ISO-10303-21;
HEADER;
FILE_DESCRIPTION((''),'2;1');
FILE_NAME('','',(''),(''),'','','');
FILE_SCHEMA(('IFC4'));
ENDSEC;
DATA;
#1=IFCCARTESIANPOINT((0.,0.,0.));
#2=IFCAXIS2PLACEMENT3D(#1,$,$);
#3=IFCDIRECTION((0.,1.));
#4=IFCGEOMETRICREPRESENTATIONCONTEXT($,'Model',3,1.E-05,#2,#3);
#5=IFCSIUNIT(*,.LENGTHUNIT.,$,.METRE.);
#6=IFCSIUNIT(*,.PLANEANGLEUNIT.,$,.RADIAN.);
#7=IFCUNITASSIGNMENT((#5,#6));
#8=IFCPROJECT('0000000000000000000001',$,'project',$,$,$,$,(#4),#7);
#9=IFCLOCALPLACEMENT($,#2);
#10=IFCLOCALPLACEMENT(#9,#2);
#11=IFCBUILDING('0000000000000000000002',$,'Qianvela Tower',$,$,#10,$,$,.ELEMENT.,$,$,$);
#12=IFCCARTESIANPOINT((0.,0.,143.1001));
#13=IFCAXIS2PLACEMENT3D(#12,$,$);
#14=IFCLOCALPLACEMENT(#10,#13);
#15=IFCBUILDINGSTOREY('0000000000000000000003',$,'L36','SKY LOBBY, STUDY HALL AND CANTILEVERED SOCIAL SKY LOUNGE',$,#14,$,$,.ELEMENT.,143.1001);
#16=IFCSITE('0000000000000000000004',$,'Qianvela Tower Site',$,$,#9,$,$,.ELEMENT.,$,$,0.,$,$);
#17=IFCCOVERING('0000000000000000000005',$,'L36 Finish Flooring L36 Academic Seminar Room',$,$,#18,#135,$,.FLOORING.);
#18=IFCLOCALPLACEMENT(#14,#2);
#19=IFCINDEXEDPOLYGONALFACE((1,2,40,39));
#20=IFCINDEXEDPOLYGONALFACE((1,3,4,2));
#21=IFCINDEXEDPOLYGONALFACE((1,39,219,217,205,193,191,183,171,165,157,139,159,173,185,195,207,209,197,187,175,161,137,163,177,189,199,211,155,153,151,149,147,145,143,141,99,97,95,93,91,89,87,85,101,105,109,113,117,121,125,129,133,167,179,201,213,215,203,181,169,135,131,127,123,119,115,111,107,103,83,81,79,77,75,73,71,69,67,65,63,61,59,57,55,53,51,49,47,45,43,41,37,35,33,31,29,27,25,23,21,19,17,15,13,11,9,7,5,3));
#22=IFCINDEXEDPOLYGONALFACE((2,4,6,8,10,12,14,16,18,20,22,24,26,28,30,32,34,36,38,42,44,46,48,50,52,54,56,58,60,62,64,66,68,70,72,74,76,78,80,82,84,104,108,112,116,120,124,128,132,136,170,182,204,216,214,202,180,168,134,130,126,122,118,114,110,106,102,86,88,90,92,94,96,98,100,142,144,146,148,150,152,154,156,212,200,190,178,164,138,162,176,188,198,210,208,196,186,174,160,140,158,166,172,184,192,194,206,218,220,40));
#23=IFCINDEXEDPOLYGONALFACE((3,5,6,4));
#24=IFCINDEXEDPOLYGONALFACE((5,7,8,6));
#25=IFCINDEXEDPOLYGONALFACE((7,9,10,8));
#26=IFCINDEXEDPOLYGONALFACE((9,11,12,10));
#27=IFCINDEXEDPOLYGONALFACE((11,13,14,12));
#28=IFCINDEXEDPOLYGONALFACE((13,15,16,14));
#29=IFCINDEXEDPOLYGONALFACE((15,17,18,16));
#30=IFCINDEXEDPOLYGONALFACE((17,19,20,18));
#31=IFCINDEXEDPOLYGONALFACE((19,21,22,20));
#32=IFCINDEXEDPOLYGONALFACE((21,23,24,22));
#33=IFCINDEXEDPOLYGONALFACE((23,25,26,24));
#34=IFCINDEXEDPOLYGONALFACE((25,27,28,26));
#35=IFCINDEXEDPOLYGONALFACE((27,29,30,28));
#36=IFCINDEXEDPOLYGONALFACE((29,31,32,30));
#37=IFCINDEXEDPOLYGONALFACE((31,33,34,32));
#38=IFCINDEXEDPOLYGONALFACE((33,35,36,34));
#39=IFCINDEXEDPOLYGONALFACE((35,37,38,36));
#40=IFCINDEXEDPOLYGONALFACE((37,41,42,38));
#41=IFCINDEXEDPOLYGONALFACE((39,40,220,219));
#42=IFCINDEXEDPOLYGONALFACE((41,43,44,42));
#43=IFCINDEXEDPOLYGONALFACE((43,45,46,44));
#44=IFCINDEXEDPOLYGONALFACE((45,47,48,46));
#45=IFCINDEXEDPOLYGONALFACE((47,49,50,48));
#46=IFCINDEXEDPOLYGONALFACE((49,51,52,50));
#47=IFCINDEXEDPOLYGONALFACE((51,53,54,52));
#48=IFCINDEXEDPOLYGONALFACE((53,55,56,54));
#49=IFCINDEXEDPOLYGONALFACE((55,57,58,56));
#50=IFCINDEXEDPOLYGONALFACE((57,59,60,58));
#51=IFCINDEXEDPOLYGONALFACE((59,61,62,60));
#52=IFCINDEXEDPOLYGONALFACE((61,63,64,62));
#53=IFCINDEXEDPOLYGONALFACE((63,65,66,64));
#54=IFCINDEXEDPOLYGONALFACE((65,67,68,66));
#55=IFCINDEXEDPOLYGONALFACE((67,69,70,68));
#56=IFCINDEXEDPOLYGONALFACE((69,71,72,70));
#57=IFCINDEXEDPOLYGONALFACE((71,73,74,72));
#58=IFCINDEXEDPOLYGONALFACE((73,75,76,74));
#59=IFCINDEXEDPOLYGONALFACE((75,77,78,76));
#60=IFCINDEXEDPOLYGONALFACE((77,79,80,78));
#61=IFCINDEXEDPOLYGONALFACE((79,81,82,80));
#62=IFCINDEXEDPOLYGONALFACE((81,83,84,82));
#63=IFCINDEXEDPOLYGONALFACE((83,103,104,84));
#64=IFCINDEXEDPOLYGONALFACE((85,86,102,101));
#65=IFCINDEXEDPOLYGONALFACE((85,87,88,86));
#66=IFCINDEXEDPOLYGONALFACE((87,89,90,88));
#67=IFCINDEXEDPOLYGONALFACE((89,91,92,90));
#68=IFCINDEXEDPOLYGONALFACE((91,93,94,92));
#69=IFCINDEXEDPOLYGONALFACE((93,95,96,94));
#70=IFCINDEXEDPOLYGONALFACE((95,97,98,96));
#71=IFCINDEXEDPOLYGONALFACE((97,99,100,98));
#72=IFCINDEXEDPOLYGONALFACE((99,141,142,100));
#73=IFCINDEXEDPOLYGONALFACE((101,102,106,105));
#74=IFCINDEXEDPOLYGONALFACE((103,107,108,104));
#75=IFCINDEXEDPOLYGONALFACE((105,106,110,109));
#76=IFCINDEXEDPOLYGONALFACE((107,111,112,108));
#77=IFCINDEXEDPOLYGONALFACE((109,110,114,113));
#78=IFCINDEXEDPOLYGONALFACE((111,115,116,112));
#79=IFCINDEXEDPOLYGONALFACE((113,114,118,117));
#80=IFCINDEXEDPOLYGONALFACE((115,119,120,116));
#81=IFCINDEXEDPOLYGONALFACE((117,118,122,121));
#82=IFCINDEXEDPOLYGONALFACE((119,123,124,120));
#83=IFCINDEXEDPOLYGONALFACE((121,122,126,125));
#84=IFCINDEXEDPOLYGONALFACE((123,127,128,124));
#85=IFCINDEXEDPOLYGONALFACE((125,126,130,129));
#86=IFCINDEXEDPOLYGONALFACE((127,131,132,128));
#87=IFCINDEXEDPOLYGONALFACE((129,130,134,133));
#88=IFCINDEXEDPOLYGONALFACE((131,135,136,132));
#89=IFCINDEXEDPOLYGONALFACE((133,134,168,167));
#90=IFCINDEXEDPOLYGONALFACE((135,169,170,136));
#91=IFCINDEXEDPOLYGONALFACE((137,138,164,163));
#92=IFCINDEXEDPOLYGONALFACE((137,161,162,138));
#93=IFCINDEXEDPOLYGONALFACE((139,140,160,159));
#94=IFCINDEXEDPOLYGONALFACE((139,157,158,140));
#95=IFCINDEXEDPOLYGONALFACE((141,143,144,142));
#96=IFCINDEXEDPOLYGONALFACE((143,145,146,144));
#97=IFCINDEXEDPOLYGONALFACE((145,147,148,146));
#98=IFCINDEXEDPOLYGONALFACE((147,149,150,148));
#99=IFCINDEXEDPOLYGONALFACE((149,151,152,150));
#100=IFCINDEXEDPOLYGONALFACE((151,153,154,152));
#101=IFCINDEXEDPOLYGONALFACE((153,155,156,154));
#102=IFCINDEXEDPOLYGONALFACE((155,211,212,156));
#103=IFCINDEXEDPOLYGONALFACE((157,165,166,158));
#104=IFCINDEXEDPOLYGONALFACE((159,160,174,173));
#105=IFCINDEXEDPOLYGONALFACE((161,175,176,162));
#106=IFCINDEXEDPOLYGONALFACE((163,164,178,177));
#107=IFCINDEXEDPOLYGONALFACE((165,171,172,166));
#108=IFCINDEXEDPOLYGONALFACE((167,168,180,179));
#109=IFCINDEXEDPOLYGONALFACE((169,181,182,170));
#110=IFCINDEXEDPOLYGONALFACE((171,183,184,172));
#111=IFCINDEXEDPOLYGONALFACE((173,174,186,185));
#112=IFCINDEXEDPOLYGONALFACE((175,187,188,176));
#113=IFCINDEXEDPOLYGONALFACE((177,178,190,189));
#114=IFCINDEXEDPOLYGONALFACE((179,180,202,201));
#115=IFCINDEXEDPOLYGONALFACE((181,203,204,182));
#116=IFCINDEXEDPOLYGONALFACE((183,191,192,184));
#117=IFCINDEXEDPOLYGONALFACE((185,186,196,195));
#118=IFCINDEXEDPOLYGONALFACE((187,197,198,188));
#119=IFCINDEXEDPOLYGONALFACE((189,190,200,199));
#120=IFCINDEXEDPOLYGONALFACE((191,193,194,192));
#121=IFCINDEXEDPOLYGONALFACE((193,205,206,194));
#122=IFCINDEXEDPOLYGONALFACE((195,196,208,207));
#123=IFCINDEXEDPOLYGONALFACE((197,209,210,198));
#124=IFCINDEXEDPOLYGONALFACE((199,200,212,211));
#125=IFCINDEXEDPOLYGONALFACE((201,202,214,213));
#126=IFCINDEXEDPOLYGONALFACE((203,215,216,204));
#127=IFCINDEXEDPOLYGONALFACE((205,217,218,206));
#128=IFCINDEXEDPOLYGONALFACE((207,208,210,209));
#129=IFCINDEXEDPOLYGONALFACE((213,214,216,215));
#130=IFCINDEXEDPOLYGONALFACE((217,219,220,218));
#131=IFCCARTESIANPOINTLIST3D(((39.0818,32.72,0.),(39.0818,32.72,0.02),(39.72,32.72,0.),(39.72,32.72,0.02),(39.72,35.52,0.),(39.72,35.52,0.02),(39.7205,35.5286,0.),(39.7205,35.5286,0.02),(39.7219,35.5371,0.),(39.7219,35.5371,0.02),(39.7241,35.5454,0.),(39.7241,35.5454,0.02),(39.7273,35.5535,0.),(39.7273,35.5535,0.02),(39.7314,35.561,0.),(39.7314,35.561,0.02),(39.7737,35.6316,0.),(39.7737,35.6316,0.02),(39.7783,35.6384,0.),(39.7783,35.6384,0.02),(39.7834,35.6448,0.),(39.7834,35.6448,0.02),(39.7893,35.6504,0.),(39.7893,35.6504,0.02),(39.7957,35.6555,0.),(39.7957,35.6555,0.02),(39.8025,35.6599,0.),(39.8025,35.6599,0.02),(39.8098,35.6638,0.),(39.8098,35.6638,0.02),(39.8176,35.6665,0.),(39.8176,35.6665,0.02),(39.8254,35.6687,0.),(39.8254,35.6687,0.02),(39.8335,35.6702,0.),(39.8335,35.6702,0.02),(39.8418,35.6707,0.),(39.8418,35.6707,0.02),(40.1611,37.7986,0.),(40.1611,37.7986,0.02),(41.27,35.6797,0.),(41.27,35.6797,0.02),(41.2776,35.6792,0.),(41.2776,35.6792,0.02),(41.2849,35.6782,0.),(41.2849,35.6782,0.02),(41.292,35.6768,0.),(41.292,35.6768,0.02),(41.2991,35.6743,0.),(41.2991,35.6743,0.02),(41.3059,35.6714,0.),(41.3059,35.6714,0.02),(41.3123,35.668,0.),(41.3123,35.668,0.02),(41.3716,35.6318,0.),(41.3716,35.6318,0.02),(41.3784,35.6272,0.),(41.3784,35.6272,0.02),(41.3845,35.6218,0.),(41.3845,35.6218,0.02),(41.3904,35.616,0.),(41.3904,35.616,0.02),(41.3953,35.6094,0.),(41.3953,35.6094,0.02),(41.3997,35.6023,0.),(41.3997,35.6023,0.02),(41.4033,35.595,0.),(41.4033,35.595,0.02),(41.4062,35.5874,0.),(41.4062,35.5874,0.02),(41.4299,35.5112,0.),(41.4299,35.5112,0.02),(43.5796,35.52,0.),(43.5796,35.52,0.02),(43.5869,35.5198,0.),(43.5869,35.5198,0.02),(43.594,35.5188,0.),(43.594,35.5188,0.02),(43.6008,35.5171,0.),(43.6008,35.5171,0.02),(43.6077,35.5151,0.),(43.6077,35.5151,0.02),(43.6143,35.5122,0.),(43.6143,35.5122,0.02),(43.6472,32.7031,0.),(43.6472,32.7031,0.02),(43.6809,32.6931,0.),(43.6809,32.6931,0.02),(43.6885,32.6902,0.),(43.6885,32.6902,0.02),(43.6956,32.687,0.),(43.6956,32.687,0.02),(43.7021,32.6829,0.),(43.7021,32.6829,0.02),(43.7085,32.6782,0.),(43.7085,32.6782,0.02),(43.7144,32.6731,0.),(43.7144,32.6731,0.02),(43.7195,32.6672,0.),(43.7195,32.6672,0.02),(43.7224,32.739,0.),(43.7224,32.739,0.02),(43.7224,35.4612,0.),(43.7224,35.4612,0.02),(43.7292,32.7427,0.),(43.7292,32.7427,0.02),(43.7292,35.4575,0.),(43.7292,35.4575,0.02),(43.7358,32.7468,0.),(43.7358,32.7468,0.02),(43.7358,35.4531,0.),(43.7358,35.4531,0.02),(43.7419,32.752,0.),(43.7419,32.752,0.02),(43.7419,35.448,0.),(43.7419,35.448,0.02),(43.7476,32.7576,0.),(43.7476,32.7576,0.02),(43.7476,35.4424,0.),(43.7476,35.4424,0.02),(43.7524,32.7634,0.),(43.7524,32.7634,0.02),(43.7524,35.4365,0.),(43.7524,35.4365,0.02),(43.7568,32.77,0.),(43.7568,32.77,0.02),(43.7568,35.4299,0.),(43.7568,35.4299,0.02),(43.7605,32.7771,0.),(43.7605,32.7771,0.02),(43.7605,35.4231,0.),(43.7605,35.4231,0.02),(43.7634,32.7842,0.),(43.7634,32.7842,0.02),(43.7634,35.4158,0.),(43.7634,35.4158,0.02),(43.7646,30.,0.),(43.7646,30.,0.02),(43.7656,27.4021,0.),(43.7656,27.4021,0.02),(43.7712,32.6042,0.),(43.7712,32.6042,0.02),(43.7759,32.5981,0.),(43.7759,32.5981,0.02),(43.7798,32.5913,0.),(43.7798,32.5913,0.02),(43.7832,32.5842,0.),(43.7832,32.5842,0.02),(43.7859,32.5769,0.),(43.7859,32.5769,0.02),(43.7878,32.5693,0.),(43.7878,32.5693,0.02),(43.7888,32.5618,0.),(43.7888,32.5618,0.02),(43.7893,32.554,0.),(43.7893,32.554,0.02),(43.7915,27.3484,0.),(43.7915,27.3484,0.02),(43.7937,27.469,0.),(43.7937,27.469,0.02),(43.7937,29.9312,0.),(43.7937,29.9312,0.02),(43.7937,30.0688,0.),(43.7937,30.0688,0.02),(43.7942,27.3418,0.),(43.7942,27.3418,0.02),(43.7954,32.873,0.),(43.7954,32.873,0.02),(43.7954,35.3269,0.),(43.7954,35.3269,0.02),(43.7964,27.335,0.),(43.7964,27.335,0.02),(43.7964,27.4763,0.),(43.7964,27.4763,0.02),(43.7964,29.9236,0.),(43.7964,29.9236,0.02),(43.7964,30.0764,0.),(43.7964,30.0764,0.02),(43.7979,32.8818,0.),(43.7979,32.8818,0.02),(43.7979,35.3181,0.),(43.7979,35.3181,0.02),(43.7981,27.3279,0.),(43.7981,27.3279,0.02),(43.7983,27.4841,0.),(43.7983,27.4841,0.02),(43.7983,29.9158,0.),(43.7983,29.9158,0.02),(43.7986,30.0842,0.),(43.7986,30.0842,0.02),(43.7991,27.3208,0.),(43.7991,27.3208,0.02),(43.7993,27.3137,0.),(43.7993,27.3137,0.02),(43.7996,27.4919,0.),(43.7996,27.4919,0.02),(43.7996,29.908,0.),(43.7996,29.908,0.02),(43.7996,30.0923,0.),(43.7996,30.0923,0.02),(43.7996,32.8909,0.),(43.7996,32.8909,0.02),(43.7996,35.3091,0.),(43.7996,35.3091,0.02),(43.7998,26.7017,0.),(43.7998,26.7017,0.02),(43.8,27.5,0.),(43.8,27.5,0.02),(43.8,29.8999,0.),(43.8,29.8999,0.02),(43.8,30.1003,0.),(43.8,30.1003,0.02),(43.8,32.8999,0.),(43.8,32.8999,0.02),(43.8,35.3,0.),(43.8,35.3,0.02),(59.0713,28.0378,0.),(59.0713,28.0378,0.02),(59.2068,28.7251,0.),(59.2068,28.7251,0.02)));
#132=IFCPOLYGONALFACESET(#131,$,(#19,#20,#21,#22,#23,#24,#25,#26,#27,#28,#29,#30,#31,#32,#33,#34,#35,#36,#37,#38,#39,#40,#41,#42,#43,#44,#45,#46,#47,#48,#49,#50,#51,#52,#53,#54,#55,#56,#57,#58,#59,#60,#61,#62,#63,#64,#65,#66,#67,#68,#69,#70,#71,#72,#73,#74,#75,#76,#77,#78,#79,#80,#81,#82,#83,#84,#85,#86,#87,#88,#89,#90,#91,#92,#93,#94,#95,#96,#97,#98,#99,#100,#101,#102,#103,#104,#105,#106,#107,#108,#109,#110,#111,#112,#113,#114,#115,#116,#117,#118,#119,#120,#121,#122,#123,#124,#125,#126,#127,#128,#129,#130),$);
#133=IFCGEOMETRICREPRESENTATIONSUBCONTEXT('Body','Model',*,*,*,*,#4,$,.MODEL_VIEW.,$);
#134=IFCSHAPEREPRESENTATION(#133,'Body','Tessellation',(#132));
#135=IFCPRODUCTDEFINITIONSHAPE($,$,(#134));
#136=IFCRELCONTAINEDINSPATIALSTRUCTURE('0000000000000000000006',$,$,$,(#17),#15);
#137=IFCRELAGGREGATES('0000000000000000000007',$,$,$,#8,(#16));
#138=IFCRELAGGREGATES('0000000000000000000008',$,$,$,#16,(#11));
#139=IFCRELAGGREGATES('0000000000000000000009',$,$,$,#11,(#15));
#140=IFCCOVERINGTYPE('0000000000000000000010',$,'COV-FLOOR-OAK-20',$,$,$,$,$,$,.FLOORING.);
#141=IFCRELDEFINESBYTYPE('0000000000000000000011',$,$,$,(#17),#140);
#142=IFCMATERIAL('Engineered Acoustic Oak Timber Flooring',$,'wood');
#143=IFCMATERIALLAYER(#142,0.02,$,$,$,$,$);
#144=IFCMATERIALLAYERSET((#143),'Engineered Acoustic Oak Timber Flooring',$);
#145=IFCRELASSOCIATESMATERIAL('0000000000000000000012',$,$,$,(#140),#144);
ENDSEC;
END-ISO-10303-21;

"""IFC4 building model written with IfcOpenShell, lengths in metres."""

from ifc_helpers import new_model, si_unit, direction, frame, origin, place, context, subcontext, project, spatial, polyline, outline, extrude, material, layer, layer_set, type_object, element, save


model = new_model("IFC4")

# Units and contexts
model_context = context("Model", 3, precision=1e-05, world=origin(), true_north=direction((0.0, 1.0)))
body_context = subcontext(model_context, "Body", "Model", "MODEL_VIEW")
ifc_project = project(units=[si_unit("LENGTHUNIT", "METRE"), si_unit("PLANEANGLEUNIT", "RADIAN")], contexts=[model_context])

# Site, building, storey
site_placement = place(None, origin())
site = spatial("IfcSite", under=ifc_project, at=site_placement, Name="Qianvela Tower Site", CompositionType="ELEMENT", RefElevation=0.0)
building_placement = place(site_placement, origin())
building = spatial("IfcBuilding", under=site, at=building_placement, Name="Qianvela Tower", CompositionType="ELEMENT")
storey_placement = place(building_placement, frame((0.0, 0.0, 143.1001)))
storey = spatial("IfcBuildingStorey", under=building, at=storey_placement, Name="L36", Description="SKY LOBBY, STUDY HALL AND CANTILEVERED SOCIAL SKY LOUNGE", CompositionType="ELEMENT", Elevation=143.1001)

# Covering
ifc_material_1 = material(Name="Engineered Acoustic Oak Timber Flooring", Category="wood")
ifc_layer_1 = layer(ifc_material_1, 0.02)
ifc_layer_set_1 = layer_set([ifc_layer_1], Name="Engineered Acoustic Oak Timber Flooring")
covering_type_1 = type_object("IfcCoveringType", Name="COV-FLOOR-OAK-20", PredefinedType="FLOORING", material=ifc_layer_set_1)
covering_1_placement = place(storey_placement, origin())
element("IfcCovering", 1, at=covering_1_placement, inside=storey, type_object=covering_type_1, Name="L36 Finish Flooring L36 Academic Seminar Room", PredefinedType="FLOORING", context=body_context, shape_type="SweptSolid", body=[
    extrude(outline(polyline([(43.6472, 32.7031), (43.7224, 32.739), (43.7292, 32.7427), (43.7358, 32.7468), (43.7419, 32.752), (43.7476, 32.7576), (43.7524, 32.7634), (43.7568, 32.77), (43.7605, 32.7771), (43.7634, 32.7842), (43.7954, 32.873), (43.7979, 32.8818), (43.7996, 32.8909), (43.8, 32.8999), (43.8, 35.3), (43.7996, 35.3091), (43.7979, 35.3181), (43.7954, 35.3269), (43.7634, 35.4158), (43.7605, 35.4231), (43.7568, 35.4299), (43.7524, 35.4365), (43.7476, 35.4424), (43.7419, 35.448), (43.7358, 35.4531), (43.7292, 35.4575), (43.7224, 35.4612), (43.6143, 35.5122), (43.6077, 35.5151), (43.6008, 35.5171), (43.594, 35.5188), (43.5869, 35.5198), (43.5796, 35.52), (41.4299, 35.5112), (41.4062, 35.5874), (41.4033, 35.595), (41.3997, 35.6023), (41.3953, 35.6094), (41.3904, 35.616), (41.3845, 35.6218), (41.3784, 35.6272), (41.3716, 35.6318), (41.3123, 35.668), (41.3059, 35.6714), (41.2991, 35.6743), (41.292, 35.6768), (41.2849, 35.6782), (41.2776, 35.6792), (41.27, 35.6797), (39.8418, 35.6707), (39.8335, 35.6702), (39.8254, 35.6687), (39.8176, 35.6665), (39.8098, 35.6638), (39.8025, 35.6599), (39.7957, 35.6555), (39.7893, 35.6504), (39.7834, 35.6448), (39.7783, 35.6384), (39.7737, 35.6316), (39.7314, 35.561), (39.7273, 35.5535), (39.7241, 35.5454), (39.7219, 35.5371), (39.7205, 35.5286), (39.72, 35.52), (39.72, 32.72), (39.0818, 32.72), (40.1611, 37.7986), (59.2068, 28.7251), (59.0713, 28.0378), (43.7998, 26.7017), (43.7993, 27.3137), (43.7991, 27.3208), (43.7981, 27.3279), (43.7964, 27.335), (43.7942, 27.3418), (43.7915, 27.3484), (43.7656, 27.4021), (43.7937, 27.469), (43.7964, 27.4763), (43.7983, 27.4841), (43.7996, 27.4919), (43.8, 27.5), (43.8, 29.8999), (43.7996, 29.908), (43.7983, 29.9158), (43.7964, 29.9236), (43.7937, 29.9312), (43.7646, 30.0), (43.7937, 30.0688), (43.7964, 30.0764), (43.7986, 30.0842), (43.7996, 30.0923), (43.8, 30.1003), (43.7893, 32.554), (43.7888, 32.5618), (43.7878, 32.5693), (43.7859, 32.5769), (43.7832, 32.5842), (43.7798, 32.5913), (43.7759, 32.5981), (43.7712, 32.6042), (43.7195, 32.6672), (43.7144, 32.6731), (43.7085, 32.6782), (43.7021, 32.6829), (43.6956, 32.687), (43.6885, 32.6902), (43.6809, 32.6931), (43.6472, 32.7031)])), origin(), (0.0, 0.0, 1.0), 0.02),
])

save(model, "model.ifc")
